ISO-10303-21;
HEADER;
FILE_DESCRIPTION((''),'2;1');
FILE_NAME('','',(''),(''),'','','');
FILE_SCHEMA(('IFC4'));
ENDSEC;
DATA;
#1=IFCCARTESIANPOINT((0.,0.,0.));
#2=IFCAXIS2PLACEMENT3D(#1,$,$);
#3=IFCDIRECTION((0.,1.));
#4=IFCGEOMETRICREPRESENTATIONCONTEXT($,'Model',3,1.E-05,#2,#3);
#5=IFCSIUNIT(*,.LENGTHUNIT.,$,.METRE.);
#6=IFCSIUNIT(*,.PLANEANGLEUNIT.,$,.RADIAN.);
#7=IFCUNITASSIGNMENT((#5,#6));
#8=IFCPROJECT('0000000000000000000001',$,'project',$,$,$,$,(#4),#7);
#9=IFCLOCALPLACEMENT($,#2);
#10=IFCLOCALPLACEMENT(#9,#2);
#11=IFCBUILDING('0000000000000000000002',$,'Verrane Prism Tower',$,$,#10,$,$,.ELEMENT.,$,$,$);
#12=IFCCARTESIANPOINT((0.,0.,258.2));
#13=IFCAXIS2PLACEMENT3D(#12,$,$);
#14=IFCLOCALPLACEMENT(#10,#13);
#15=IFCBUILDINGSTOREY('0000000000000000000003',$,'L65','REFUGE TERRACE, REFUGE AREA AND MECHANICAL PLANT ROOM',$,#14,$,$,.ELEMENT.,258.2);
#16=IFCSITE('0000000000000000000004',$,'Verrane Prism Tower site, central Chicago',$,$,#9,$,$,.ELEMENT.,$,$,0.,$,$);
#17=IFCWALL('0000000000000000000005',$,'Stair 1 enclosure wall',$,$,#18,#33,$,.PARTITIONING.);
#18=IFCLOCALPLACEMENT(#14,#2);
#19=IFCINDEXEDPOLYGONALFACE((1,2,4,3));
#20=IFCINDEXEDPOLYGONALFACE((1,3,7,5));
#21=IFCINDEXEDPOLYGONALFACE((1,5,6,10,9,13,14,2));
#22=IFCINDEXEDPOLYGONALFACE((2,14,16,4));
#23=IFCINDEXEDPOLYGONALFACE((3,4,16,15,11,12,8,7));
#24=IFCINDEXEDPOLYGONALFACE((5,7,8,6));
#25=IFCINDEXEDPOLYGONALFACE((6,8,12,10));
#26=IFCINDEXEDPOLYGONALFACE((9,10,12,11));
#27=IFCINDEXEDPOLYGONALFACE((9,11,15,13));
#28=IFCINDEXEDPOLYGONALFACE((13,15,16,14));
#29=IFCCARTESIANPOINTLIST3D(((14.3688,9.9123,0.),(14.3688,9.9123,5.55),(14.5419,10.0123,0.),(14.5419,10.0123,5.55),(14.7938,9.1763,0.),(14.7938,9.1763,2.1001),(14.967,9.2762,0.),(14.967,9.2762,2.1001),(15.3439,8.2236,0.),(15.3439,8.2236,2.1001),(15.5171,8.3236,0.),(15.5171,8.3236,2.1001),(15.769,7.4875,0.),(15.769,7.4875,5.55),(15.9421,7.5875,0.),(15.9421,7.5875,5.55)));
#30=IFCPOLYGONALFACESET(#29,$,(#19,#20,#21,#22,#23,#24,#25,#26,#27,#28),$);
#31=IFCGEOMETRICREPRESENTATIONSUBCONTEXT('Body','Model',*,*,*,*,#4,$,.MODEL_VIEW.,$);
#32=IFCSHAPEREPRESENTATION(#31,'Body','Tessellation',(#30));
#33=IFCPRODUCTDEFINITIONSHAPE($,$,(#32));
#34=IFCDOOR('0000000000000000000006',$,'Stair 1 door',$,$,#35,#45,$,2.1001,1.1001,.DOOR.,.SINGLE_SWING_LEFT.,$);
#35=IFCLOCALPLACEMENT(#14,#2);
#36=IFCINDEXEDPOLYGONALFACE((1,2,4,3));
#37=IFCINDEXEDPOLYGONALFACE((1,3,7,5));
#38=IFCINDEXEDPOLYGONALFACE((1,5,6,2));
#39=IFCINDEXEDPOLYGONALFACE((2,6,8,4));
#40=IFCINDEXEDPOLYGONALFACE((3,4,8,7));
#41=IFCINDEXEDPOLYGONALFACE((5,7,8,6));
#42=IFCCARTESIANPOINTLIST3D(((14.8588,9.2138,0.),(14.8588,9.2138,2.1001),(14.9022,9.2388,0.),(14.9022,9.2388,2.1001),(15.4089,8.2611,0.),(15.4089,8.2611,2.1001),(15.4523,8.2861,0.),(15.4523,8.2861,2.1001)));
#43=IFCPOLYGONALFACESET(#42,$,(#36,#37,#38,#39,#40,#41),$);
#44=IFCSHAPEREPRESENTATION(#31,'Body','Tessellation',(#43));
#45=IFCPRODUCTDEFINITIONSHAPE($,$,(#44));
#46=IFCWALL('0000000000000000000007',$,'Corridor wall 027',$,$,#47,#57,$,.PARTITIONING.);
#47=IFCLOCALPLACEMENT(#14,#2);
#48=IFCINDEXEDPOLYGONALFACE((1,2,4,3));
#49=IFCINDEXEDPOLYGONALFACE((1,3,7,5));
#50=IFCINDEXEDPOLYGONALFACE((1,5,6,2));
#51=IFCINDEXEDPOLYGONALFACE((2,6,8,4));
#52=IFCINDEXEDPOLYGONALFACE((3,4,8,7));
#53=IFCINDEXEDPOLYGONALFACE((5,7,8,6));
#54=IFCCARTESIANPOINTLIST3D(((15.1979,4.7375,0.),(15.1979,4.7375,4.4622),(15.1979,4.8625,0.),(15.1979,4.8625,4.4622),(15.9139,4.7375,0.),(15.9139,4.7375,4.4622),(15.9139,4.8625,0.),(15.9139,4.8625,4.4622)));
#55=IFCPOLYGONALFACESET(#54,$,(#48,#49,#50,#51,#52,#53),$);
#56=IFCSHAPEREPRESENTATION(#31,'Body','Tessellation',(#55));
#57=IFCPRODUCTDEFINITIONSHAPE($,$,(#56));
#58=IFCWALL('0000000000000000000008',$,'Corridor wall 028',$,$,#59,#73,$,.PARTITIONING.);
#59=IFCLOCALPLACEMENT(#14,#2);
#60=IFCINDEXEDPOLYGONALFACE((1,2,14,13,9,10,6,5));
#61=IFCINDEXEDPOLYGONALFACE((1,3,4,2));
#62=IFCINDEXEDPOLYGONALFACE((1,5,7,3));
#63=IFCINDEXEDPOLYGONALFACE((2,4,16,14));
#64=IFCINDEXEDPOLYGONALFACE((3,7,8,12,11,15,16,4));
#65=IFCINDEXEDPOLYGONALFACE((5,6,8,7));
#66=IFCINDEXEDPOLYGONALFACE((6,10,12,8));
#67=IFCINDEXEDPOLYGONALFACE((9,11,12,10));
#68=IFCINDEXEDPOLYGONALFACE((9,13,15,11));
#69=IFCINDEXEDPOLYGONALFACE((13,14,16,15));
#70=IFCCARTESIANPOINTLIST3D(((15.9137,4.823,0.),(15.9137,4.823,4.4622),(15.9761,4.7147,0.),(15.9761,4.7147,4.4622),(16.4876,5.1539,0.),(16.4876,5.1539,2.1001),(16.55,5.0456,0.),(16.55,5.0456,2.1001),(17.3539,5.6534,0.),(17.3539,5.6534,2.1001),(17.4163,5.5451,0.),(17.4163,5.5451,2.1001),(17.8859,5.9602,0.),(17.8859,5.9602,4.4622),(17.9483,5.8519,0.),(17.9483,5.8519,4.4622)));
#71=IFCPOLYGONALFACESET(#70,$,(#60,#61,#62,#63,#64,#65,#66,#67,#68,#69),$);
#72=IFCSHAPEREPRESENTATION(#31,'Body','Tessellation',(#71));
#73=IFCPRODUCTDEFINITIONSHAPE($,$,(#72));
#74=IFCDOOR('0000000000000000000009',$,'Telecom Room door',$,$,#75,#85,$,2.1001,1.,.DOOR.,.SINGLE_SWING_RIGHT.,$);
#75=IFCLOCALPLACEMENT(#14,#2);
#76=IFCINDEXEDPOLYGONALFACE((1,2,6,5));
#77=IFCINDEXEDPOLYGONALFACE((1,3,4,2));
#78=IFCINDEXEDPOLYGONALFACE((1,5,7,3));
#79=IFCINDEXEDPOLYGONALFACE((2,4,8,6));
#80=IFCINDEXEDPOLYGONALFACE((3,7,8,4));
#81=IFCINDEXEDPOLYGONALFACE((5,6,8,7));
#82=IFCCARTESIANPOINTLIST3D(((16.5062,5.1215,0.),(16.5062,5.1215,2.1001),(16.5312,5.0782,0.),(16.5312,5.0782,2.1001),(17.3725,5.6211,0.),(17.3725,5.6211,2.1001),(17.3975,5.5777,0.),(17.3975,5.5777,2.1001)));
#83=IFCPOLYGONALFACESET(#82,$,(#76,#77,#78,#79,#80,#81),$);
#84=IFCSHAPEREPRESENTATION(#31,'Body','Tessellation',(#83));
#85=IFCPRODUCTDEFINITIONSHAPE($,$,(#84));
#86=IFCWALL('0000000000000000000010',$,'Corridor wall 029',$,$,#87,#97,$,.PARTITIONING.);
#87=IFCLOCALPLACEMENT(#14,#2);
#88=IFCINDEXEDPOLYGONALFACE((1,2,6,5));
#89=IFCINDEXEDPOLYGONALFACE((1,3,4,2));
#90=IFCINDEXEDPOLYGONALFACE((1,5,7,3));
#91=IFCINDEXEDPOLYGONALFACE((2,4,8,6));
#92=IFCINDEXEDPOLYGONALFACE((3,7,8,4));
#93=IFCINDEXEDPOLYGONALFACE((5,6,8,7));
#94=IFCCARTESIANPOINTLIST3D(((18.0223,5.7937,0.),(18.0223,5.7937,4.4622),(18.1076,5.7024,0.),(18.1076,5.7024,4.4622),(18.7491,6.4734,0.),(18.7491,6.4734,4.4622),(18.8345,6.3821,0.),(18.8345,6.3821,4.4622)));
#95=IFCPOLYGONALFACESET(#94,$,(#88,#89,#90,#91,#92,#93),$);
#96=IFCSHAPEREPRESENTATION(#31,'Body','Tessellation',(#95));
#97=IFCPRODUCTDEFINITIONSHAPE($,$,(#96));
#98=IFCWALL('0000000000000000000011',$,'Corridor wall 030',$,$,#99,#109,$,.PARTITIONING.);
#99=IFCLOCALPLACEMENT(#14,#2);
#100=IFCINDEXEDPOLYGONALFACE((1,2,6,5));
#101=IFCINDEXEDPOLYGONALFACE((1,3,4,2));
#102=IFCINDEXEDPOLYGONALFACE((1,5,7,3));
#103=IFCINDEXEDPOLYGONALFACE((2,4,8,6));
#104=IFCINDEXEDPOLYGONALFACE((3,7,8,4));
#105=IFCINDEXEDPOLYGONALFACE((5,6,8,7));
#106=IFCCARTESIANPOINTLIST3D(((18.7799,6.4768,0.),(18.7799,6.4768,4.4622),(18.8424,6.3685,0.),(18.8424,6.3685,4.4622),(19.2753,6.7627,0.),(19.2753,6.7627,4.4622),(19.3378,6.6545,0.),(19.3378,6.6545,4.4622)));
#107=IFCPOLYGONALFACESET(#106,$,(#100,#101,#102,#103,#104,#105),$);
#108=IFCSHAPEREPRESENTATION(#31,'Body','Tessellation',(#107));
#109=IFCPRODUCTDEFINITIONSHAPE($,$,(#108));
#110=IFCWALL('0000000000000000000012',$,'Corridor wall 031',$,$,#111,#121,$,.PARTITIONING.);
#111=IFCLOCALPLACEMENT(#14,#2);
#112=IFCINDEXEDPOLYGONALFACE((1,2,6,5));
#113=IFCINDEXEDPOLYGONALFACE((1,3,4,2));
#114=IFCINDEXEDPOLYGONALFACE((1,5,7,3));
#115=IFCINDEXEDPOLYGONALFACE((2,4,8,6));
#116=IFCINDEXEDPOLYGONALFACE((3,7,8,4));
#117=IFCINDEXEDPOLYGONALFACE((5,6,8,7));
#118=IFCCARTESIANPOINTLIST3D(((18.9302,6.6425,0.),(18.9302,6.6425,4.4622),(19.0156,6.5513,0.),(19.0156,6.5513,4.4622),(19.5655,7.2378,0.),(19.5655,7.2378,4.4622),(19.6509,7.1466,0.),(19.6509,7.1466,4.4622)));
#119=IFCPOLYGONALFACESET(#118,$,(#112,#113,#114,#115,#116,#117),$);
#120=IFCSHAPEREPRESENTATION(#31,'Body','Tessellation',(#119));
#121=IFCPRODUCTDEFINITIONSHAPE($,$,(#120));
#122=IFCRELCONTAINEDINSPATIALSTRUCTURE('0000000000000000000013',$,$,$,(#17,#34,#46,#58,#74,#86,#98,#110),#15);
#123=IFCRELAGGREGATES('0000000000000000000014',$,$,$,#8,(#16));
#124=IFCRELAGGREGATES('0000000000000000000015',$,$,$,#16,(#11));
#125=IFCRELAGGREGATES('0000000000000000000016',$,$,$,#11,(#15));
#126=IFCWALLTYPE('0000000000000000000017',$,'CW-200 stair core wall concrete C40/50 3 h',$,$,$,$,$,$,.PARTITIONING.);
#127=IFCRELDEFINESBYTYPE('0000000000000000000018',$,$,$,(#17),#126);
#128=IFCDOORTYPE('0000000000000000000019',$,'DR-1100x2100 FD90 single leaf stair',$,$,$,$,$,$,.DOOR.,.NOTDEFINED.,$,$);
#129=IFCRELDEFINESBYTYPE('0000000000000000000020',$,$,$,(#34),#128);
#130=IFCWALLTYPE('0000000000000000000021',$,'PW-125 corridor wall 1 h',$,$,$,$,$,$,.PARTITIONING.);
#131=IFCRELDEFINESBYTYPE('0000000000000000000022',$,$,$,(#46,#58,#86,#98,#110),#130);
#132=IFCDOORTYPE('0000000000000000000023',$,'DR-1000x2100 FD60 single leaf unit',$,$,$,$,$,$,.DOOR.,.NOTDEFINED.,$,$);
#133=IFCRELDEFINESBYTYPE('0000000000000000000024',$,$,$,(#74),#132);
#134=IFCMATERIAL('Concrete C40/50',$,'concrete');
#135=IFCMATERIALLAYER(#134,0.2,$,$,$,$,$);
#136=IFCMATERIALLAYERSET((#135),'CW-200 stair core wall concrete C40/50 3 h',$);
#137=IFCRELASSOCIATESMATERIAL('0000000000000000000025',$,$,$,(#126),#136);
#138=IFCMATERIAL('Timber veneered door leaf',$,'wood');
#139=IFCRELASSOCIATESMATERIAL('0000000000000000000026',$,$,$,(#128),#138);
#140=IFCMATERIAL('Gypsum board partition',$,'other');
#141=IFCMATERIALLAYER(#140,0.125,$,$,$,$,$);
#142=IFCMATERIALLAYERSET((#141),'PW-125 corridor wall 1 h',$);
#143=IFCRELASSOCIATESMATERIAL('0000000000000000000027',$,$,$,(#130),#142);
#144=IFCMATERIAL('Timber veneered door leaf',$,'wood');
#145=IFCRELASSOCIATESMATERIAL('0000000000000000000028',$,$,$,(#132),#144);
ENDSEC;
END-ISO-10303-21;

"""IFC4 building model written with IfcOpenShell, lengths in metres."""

from ifc_helpers import new_model, si_unit, direction, frame, frame_2d, origin, place, context, subcontext, project, spatial, rectangle, extrude, material, layer, layer_set, type_object, element, fill, save


model = new_model("IFC4")

# Units and contexts
model_context = context("Model", 3, precision=1e-05, world=origin(), true_north=direction((0.0, 1.0)))
body_context = subcontext(model_context, "Body", "Model", "MODEL_VIEW")
ifc_project = project(units=[si_unit("LENGTHUNIT", "METRE"), si_unit("PLANEANGLEUNIT", "RADIAN")], contexts=[model_context])

# Site, building, storey
site_placement = place(None, origin())
site = spatial("IfcSite", under=ifc_project, at=site_placement, Name="Verrane Prism Tower site, central Chicago", CompositionType="ELEMENT", RefElevation=0.0)
building_placement = place(site_placement, origin())
building = spatial("IfcBuilding", under=site, at=building_placement, Name="Verrane Prism Tower", CompositionType="ELEMENT")
storey_placement = place(building_placement, frame((0.0, 0.0, 258.2)))
storey = spatial("IfcBuildingStorey", under=building, at=storey_placement, Name="L65", Description="REFUGE TERRACE, REFUGE AREA AND MECHANICAL PLANT ROOM", CompositionType="ELEMENT", Elevation=258.2)

# Wall, opening, door
ifc_material_1 = material(Name="Concrete C40/50", Category="concrete")
ifc_layer_1 = layer(ifc_material_1, 0.2)
ifc_layer_set_1 = layer_set([ifc_layer_1], Name="CW-200 stair core wall concrete C40/50 3 h")
wall_type_1 = type_object("IfcWallType", Name="CW-200 stair core wall concrete C40/50 3 h", PredefinedType="PARTITIONING", material=ifc_layer_set_1)
wall_1_placement = place(storey_placement, frame((15.8555, 7.5376, 0.0), z_axis=(0.0, 0.0, 1.0), x_axis=(-0.50005, 0.865997, 0.0)))
wall_1 = element("IfcWall", 1, at=wall_1_placement, inside=storey, type_object=wall_type_1, Name="Stair 1 enclosure wall", PredefinedType="PARTITIONING", context=body_context, shape_type="SweptSolid", body=[
    extrude(rectangle(XDim=2.8, YDim=0.2, at=frame_2d((1.3999, 0.0))), origin(), (0.0, 0.0, 1.0), 5.55),
])
opening_1_placement = place(wall_1_placement, frame((0.8499, 0.0, 0.0)))
opening_1 = element("IfcOpeningElement", 2, at=opening_1_placement, cuts=wall_1, PredefinedType="OPENING", context=body_context, shape_type="SweptSolid", body=[
    extrude(rectangle(XDim=1.1001, YDim=2.1001, at=frame_2d((0.55, 1.05))), frame((0.0, 0.1099, 0.0), z_axis=(0.0, -1.0, 0.0), x_axis=(1.0, 0.0, 0.0)), (0.0, 0.0, 1.0), 0.22),
])
ifc_material_2 = material(Name="Timber veneered door leaf", Category="wood")
door_type_1 = type_object("IfcDoorType", Name="DR-1100x2100 FD90 single leaf stair", OperationType="NOTDEFINED", PredefinedType="DOOR", material=ifc_material_2)
door_1_placement = place(opening_1_placement, origin())
door_1 = element("IfcDoor", 3, at=door_1_placement, inside=storey, type_object=door_type_1, Name="Stair 1 door", OperationType="SINGLE_SWING_LEFT", OverallHeight=2.1001, OverallWidth=1.1001, PredefinedType="DOOR", context=body_context, shape_type="SweptSolid", body=[
    extrude(rectangle(XDim=1.1001, YDim=2.1001, at=frame_2d((0.55, 1.05))), frame((0.0, 0.0249, 0.0), z_axis=(0.0, -1.0, 0.0), x_axis=(1.0, 0.0, 0.0)), (0.0, 0.0, 1.0), 0.05),
])
fill(opening_1, door_1)

# Wall
ifc_material_3 = material(Name="Gypsum board partition", Category="other")
ifc_layer_2 = layer(ifc_material_3, 0.125)
ifc_layer_set_2 = layer_set([ifc_layer_2], Name="PW-125 corridor wall 1 h")
wall_type_2 = type_object("IfcWallType", Name="PW-125 corridor wall 1 h", PredefinedType="PARTITIONING", material=ifc_layer_set_2)
wall_2_placement = place(storey_placement, frame((15.198, 4.8, 0.0), z_axis=(0.0, 0.0, 1.0), x_axis=(1.0, 0.0, 0.0)))
element("IfcWall", 4, at=wall_2_placement, inside=storey, type_object=wall_type_2, Name="Corridor wall 027", PredefinedType="PARTITIONING", context=body_context, shape_type="SweptSolid", body=[
    extrude(rectangle(XDim=0.7161, YDim=0.125, at=frame_2d((0.3579, 0.0))), origin(), (0.0, 0.0, 1.0), 4.4622),
])

# Wall, opening, door
wall_3_placement = place(storey_placement, frame((17.917, 5.906, 0.0), z_axis=(0.0, 0.0, 1.0), x_axis=(-0.866296, -0.499531, 0.0)))
wall_3 = element("IfcWall", 5, at=wall_3_placement, inside=storey, type_object=wall_type_2, Name="Corridor wall 028", PredefinedType="PARTITIONING", context=body_context, shape_type="SweptSolid", body=[
    extrude(rectangle(XDim=2.2766, YDim=0.125, at=frame_2d((1.1382, 0.0))), origin(), (0.0, 0.0, 1.0), 4.4622),
])
opening_2_placement = place(wall_3_placement, frame((0.614, 0.0, 0.0)))
opening_2 = element("IfcOpeningElement", 6, at=opening_2_placement, cuts=wall_3, PredefinedType="OPENING", context=body_context, shape_type="SweptSolid", body=[
    extrude(rectangle(XDim=1.0, YDim=2.1001, at=frame_2d((0.5, 1.05))), frame((0.0, 0.0725, 0.0), z_axis=(0.0, -1.0, 0.0), x_axis=(1.0, 0.0, 0.0)), (0.0, 0.0, 1.0), 0.145),
])
ifc_material_4 = material(Name="Timber veneered door leaf", Category="wood")
door_type_2 = type_object("IfcDoorType", Name="DR-1000x2100 FD60 single leaf unit", OperationType="NOTDEFINED", PredefinedType="DOOR", material=ifc_material_4)
door_2_placement = place(opening_2_placement, origin())
door_2 = element("IfcDoor", 7, at=door_2_placement, inside=storey, type_object=door_type_2, Name="Telecom Room door", OperationType="SINGLE_SWING_RIGHT", OverallHeight=2.1001, OverallWidth=1.0, PredefinedType="DOOR", context=body_context, shape_type="SweptSolid", body=[
    extrude(rectangle(XDim=1.0, YDim=2.1001, at=frame_2d((0.5, 1.05))), frame((0.0, 0.0249, 0.0), z_axis=(0.0, -1.0, 0.0), x_axis=(1.0, 0.0, 0.0)), (0.0, 0.0, 1.0), 0.05),
])
fill(opening_2, door_2)

# Walls
wall_4_placement = place(storey_placement, frame((18.0649, 5.748, 0.0), z_axis=(0.0, 0.0, 1.0), x_axis=(0.730386, 0.683035, 0.0)))
element("IfcWall", 8, at=wall_4_placement, inside=storey, type_object=wall_type_2, Name="Corridor wall 029", PredefinedType="PARTITIONING", context=body_context, shape_type="SweptSolid", body=[
    extrude(rectangle(XDim=0.9951, YDim=0.125, at=frame_2d((0.4976, 0.0))), origin(), (0.0, 0.0, 1.0), 4.4622),
])
wall_5_placement = place(storey_placement, frame((18.811, 6.4226, 0.0), z_axis=(0.0, 0.0, 1.0), x_axis=(0.866107, 0.499858, 0.0)))
element("IfcWall", 9, at=wall_5_placement, inside=storey, type_object=wall_type_2, Name="Corridor wall 030", PredefinedType="PARTITIONING", context=body_context, shape_type="SweptSolid", body=[
    extrude(rectangle(XDim=0.572, YDim=0.125, at=frame_2d((0.2861, 0.0))), origin(), (0.0, 0.0, 1.0), 4.4622),
])
wall_6_placement = place(storey_placement, frame((18.9729, 6.5969, 0.0), z_axis=(0.0, 0.0, 1.0), x_axis=(0.72973, 0.683736, 0.0)))
element("IfcWall", 10, at=wall_6_placement, inside=storey, type_object=wall_type_2, Name="Corridor wall 031", PredefinedType="PARTITIONING", context=body_context, shape_type="SweptSolid", body=[
    extrude(rectangle(XDim=0.8706, YDim=0.125, at=frame_2d((0.4353, 0.0))), origin(), (0.0, 0.0, 1.0), 4.4622),
])

save(model, "model.ifc")
